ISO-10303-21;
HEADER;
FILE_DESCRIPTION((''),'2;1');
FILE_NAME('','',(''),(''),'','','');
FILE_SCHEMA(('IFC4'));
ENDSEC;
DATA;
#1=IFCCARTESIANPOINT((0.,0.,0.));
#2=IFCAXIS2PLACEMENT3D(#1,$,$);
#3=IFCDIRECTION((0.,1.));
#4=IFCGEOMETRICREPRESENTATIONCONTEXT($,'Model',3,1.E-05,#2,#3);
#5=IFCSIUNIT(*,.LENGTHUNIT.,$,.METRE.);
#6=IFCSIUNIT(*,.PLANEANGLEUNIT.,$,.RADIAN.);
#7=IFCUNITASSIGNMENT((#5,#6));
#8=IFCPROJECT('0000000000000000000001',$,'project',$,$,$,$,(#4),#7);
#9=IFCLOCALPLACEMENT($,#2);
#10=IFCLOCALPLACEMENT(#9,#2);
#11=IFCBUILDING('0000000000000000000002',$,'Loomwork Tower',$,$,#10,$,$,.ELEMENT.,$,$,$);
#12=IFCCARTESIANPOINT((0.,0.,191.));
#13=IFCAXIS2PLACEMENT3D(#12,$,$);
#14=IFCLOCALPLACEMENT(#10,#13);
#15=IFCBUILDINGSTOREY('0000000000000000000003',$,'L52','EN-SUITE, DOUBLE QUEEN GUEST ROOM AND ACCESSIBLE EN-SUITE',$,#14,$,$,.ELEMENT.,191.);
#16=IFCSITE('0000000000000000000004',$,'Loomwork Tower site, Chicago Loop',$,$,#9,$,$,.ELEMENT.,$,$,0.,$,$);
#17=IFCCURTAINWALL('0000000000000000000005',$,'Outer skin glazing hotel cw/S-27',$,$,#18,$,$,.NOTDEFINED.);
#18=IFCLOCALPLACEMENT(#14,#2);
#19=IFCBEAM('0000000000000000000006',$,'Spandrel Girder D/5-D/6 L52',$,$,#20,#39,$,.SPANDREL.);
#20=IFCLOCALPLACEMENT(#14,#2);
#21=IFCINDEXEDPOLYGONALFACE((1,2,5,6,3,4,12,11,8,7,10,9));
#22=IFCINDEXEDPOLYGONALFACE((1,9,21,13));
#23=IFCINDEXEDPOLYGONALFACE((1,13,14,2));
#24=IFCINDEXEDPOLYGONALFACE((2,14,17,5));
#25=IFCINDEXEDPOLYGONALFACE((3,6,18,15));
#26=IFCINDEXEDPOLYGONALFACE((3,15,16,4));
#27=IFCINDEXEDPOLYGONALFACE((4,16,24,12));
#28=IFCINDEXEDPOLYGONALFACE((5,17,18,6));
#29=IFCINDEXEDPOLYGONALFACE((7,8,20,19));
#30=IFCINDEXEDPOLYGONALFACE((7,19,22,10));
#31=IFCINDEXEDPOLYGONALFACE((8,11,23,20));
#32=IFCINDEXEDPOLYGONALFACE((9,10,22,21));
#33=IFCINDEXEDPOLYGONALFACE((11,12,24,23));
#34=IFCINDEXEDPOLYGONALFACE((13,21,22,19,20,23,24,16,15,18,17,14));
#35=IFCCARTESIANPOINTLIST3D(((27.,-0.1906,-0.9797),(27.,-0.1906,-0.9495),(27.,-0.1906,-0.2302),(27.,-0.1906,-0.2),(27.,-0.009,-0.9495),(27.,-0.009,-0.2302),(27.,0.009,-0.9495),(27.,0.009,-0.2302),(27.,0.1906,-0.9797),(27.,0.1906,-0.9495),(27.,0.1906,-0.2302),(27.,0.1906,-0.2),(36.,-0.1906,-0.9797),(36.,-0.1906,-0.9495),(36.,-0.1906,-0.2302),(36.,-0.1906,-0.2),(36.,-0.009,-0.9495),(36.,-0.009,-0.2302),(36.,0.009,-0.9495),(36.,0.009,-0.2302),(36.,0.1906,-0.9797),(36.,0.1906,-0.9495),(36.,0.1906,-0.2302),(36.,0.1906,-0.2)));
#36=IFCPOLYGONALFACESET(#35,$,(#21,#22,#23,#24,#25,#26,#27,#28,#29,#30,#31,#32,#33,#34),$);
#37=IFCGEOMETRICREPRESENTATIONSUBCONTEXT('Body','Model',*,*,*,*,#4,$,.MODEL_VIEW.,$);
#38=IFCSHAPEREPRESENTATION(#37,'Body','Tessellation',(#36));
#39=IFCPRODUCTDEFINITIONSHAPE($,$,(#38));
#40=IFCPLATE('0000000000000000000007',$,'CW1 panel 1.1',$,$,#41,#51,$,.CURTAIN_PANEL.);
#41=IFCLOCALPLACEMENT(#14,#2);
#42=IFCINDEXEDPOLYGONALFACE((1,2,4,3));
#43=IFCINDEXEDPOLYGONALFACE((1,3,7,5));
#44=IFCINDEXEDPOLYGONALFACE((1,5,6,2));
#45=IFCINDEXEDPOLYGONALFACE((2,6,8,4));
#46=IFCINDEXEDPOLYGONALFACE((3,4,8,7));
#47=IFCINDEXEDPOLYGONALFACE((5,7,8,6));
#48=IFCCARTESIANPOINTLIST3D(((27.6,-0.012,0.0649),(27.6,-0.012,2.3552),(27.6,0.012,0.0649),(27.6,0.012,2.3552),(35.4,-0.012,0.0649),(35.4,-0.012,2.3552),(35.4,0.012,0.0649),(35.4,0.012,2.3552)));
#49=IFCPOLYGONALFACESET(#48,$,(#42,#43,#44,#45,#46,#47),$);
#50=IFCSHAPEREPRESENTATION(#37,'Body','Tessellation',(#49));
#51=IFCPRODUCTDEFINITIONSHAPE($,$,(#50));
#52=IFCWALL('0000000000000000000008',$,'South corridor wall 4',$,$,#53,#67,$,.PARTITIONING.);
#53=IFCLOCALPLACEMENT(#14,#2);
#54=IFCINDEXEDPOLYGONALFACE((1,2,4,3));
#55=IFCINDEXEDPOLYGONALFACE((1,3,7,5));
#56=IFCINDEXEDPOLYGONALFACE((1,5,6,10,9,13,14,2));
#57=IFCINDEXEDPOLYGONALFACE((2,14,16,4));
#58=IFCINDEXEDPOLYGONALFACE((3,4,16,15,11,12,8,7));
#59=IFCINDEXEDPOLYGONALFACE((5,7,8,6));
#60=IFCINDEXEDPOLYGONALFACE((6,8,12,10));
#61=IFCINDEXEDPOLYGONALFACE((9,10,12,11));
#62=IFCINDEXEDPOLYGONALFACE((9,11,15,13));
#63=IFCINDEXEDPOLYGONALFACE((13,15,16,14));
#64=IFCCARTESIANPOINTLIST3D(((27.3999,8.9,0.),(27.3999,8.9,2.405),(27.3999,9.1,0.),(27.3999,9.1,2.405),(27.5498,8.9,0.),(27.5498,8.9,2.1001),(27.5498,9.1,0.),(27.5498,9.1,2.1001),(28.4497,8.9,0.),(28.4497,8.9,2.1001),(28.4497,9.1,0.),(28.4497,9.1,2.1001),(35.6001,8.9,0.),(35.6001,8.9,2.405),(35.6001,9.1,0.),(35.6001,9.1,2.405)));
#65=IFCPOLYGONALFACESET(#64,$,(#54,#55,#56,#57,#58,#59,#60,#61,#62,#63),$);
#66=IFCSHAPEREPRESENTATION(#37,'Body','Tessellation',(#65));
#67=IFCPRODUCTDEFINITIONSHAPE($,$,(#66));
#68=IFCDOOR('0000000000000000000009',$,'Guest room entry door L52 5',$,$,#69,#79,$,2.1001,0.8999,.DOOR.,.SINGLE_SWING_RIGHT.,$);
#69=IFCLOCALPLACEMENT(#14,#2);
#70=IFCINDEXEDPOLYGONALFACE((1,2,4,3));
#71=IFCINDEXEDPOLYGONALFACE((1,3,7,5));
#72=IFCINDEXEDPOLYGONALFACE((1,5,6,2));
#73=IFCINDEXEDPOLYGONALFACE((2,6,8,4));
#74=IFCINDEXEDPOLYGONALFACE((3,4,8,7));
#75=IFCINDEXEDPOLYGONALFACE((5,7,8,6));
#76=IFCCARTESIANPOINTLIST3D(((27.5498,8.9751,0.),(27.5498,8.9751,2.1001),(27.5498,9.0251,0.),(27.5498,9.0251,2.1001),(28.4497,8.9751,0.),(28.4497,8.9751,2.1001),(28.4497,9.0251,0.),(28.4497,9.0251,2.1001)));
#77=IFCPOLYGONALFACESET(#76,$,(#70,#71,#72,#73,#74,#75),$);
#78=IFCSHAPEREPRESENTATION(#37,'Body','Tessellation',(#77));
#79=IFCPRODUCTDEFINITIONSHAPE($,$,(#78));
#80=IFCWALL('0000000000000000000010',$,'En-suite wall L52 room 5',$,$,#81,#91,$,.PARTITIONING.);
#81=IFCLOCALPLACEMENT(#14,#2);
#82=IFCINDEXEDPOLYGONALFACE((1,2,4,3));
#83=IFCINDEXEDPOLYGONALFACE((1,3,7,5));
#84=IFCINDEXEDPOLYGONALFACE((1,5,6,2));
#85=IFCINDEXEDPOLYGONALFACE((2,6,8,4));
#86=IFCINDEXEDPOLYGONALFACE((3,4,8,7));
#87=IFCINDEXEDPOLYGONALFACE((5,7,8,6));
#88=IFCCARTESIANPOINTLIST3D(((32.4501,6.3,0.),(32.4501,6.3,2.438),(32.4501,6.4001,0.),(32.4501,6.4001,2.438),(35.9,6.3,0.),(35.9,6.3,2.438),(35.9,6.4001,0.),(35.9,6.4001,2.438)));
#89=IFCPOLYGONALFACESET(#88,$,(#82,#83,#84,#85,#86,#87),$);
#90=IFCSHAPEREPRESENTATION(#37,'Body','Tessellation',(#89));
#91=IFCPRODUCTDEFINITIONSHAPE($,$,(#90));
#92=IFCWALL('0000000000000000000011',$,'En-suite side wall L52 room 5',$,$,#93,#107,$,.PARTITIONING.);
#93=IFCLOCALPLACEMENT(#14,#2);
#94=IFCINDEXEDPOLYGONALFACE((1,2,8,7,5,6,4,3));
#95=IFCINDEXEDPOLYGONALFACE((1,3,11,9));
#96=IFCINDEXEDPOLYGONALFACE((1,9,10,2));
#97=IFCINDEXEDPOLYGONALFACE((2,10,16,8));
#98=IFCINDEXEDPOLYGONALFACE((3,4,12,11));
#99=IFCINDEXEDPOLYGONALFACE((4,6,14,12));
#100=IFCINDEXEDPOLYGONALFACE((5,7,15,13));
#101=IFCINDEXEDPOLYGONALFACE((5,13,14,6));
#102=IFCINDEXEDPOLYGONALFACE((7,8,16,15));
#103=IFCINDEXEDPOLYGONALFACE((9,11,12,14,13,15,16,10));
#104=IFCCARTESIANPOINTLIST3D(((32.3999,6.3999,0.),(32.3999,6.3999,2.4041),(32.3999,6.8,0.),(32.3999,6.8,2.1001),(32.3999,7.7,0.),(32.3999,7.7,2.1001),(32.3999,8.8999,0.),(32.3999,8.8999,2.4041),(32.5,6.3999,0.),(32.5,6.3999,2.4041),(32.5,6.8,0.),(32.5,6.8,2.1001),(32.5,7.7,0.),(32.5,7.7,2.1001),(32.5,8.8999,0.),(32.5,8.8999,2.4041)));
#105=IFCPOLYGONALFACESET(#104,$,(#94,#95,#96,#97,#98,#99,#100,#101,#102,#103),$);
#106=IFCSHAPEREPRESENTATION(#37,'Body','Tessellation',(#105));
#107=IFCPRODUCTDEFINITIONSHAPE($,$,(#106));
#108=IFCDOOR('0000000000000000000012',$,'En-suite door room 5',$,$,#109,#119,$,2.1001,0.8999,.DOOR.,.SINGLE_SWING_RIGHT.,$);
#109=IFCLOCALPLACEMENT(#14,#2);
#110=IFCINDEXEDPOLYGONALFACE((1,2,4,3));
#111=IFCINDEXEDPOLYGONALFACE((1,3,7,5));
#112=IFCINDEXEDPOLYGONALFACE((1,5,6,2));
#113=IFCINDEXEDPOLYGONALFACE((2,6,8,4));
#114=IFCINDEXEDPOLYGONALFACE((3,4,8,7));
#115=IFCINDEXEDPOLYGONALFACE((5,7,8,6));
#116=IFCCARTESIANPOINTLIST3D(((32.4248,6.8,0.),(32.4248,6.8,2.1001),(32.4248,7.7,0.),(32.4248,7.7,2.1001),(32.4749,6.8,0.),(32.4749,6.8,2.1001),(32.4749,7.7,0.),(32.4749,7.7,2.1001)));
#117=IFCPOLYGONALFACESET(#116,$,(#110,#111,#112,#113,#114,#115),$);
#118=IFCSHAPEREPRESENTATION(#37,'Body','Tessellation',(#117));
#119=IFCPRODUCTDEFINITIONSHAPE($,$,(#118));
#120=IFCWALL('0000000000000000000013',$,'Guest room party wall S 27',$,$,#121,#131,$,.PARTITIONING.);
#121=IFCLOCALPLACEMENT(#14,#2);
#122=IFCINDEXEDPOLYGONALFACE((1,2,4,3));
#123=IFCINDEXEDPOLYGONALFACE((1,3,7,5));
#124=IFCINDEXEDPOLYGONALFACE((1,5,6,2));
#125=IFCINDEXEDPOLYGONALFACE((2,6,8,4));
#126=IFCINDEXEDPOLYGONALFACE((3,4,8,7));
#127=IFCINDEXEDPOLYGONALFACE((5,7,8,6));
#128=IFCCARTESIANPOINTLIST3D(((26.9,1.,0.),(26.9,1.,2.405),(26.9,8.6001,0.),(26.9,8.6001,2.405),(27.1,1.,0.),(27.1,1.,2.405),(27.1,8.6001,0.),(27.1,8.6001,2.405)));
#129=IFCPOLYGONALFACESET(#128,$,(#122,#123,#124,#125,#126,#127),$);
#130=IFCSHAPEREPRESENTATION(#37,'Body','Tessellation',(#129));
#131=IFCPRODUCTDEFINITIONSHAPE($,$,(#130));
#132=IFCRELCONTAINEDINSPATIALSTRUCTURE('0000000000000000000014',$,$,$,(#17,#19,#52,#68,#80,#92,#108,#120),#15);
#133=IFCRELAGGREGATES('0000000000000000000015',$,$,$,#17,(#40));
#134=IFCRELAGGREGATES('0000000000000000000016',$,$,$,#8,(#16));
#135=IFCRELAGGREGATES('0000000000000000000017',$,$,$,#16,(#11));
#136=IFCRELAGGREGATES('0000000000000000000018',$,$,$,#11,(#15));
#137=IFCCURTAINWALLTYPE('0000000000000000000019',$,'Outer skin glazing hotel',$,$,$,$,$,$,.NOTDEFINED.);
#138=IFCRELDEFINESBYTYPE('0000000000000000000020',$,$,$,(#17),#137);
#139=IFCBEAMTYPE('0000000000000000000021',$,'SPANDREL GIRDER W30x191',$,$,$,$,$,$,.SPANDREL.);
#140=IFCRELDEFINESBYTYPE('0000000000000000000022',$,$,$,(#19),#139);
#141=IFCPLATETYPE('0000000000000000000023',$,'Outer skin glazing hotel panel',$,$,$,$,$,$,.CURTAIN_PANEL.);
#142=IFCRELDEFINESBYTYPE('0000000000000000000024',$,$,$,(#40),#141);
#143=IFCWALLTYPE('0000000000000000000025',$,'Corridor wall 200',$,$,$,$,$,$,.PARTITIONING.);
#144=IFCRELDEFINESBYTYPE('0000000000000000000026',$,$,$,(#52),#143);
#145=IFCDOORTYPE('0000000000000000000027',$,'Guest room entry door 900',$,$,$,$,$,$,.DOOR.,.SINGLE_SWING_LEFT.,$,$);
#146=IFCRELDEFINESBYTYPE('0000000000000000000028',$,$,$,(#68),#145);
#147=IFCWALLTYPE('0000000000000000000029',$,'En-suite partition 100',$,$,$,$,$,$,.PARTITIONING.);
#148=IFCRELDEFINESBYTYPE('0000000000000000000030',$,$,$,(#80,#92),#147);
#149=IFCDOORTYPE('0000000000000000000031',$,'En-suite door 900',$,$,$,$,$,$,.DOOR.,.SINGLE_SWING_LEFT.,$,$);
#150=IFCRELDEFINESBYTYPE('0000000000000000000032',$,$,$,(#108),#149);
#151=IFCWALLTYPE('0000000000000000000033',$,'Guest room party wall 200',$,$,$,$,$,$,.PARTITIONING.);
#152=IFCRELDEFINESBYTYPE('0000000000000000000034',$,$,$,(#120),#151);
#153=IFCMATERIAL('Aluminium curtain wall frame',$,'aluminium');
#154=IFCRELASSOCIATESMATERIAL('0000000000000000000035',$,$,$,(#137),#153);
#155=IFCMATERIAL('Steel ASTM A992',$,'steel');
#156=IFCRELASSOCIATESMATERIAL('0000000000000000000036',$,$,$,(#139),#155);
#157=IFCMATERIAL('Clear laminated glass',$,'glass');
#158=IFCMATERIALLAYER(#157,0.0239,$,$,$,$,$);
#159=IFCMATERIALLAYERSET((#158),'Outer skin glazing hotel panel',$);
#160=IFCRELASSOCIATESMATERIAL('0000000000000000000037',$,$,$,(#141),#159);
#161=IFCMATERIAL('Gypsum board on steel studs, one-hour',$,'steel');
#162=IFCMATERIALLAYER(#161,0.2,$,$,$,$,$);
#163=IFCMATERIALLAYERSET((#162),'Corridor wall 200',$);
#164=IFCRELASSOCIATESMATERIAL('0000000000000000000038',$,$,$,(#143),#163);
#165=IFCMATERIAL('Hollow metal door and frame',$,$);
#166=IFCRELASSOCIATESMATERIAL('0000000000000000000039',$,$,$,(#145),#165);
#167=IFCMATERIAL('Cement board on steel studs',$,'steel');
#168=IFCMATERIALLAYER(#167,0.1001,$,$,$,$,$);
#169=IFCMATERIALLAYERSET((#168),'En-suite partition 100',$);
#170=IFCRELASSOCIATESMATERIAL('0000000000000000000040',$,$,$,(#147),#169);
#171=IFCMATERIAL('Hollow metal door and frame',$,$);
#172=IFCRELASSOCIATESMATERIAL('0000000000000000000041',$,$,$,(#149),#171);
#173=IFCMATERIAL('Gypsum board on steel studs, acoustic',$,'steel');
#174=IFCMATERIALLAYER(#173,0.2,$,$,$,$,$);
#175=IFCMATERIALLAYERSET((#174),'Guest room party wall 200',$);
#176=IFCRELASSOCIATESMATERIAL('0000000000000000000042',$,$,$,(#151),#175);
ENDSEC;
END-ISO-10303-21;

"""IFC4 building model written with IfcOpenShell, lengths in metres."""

from ifc_helpers import new_model, si_unit, direction, frame, frame_2d, origin, origin_2d, place, context, subcontext, project, spatial, rectangle, i_section, extrude, material, layer, layer_set, material_profile, profile_set, type_object, element, fill, aggregate, save


model = new_model("IFC4")

# Units and contexts
model_context = context("Model", 3, precision=1e-05, world=origin(), true_north=direction((0.0, 1.0)))
body_context = subcontext(model_context, "Body", "Model", "MODEL_VIEW")
ifc_project = project(units=[si_unit("LENGTHUNIT", "METRE"), si_unit("PLANEANGLEUNIT", "RADIAN")], contexts=[model_context])

# Site, building, storey
site_placement = place(None, origin())
site = spatial("IfcSite", under=ifc_project, at=site_placement, Name="Loomwork Tower site, Chicago Loop", CompositionType="ELEMENT", RefElevation=0.0)
building_placement = place(site_placement, origin())
building = spatial("IfcBuilding", under=site, at=building_placement, Name="Loomwork Tower", CompositionType="ELEMENT")
storey_placement = place(building_placement, frame((0.0, 0.0, 191.0)))
storey = spatial("IfcBuildingStorey", under=building, at=storey_placement, Name="L52", Description="EN-SUITE, DOUBLE QUEEN GUEST ROOM AND ACCESSIBLE EN-SUITE", CompositionType="ELEMENT", Elevation=191.0)

# Curtain wall
ifc_material_1 = material(Name="Aluminium curtain wall frame", Category="aluminium")
curtain_wall_type = type_object("IfcCurtainWallType", Name="Outer skin glazing hotel", PredefinedType="NOTDEFINED", material=ifc_material_1)
curtain_wall_placement = place(storey_placement, origin())
curtain_wall = element("IfcCurtainWall", 1, at=curtain_wall_placement, inside=storey, type_object=curtain_wall_type, Name="Outer skin glazing hotel cw/S-27", PredefinedType="NOTDEFINED")

# Beam
ifc_material_2 = material(Name="Steel ASTM A992", Category="steel")
ifc_material_profile_1 = material_profile(ifc_material_2, i_section(OverallWidth=0.3811, OverallDepth=0.7798, WebThickness=0.0181, FlangeThickness=0.0303, at=origin_2d()), Name="W30x191")
ifc_profile_set_1 = profile_set([ifc_material_profile_1], Name="Steel ASTM A992")
beam_type_1 = type_object("IfcBeamType", Name="SPANDREL GIRDER W30x191", PredefinedType="SPANDREL", material=ifc_profile_set_1)
beam_1_placement = place(storey_placement, frame((27.0, 0.0, -0.5898), z_axis=(1.0, 0.0, 0.0), x_axis=(0.0, 1.0, 0.0)))
element("IfcBeam", 2, at=beam_1_placement, inside=storey, type_object=beam_type_1, Name="Spandrel Girder D/5-D/6 L52", PredefinedType="SPANDREL", context=body_context, shape_type="SweptSolid", body=[
    extrude(i_section(OverallWidth=0.3811, OverallDepth=0.7798, WebThickness=0.0181, FlangeThickness=0.0303, at=origin_2d()), origin(), (0.0, 0.0, 1.0), 9.0),
])

# Plate
ifc_material_3 = material(Name="Clear laminated glass", Category="glass")
ifc_layer_1 = layer(ifc_material_3, 0.0239)
ifc_layer_set_1 = layer_set([ifc_layer_1], Name="Outer skin glazing hotel panel")
plate_type = type_object("IfcPlateType", Name="Outer skin glazing hotel panel", PredefinedType="CURTAIN_PANEL", material=ifc_layer_set_1)
plate_placement = place(storey_placement, frame((31.5, 0.0, 0.0649), z_axis=(0.0, 0.0, 1.0), x_axis=(1.0, 0.0, 0.0)))
plate = element("IfcPlate", 3, at=plate_placement, type_object=plate_type, Name="CW1 panel 1.1", PredefinedType="CURTAIN_PANEL", context=body_context, shape_type="SweptSolid", body=[
    extrude(rectangle(XDim=7.8, YDim=0.0239, at=origin_2d()), origin(), (0.0, 0.0, 1.0), 2.2903),
])
aggregate(curtain_wall, [plate])

# Wall, opening, door
ifc_material_4 = material(Name="Gypsum board on steel studs, one-hour", Category="steel")
ifc_layer_2 = layer(ifc_material_4, 0.2)
ifc_layer_set_2 = layer_set([ifc_layer_2], Name="Corridor wall 200")
wall_type_1 = type_object("IfcWallType", Name="Corridor wall 200", PredefinedType="PARTITIONING", material=ifc_layer_set_2)
wall_1_placement = place(storey_placement, frame((27.3999, 9.0, 0.0), z_axis=(0.0, 0.0, 1.0), x_axis=(1.0, 0.0, 0.0)))
wall_1 = element("IfcWall", 4, at=wall_1_placement, inside=storey, type_object=wall_type_1, Name="South corridor wall 4", PredefinedType="PARTITIONING", context=body_context, shape_type="SweptSolid", body=[
    extrude(rectangle(XDim=8.2002, YDim=0.2, at=frame_2d((4.1001, 0.0))), origin(), (0.0, 0.0, 1.0), 2.405),
])
opening_1_placement = place(wall_1_placement, frame((0.1499, 0.0, 0.0)))
opening_1 = element("IfcOpeningElement", 5, at=opening_1_placement, cuts=wall_1, PredefinedType="OPENING", context=body_context, shape_type="SweptSolid", body=[
    extrude(rectangle(XDim=0.8999, YDim=2.1001, at=frame_2d((0.45, 1.05))), frame((0.0, 0.1099, 0.0), z_axis=(0.0, -1.0, 0.0), x_axis=(1.0, 0.0, 0.0)), (0.0, 0.0, 1.0), 0.22),
])
ifc_material_5 = material(Name="Hollow metal door and frame")
door_type_1 = type_object("IfcDoorType", Name="Guest room entry door 900", OperationType="SINGLE_SWING_LEFT", PredefinedType="DOOR", material=ifc_material_5)
door_1_placement = place(opening_1_placement, frame((0.8999, 0.0, 0.0), z_axis=(0.0, 0.0, 1.0), x_axis=(-1.0, 0.0, 0.0)))
door_1 = element("IfcDoor", 6, at=door_1_placement, inside=storey, type_object=door_type_1, Name="Guest room entry door L52 5", OperationType="SINGLE_SWING_RIGHT", OverallHeight=2.1001, OverallWidth=0.8999, PredefinedType="DOOR", context=body_context, shape_type="SweptSolid", body=[
    extrude(rectangle(XDim=0.8999, YDim=2.1001, at=frame_2d((0.45, 1.05))), frame((0.0, 0.0249, 0.0), z_axis=(0.0, -1.0, 0.0), x_axis=(1.0, 0.0, 0.0)), (0.0, 0.0, 1.0), 0.05),
])
fill(opening_1, door_1)

# Wall
ifc_material_6 = material(Name="Cement board on steel studs", Category="steel")
ifc_layer_3 = layer(ifc_material_6, 0.1001)
ifc_layer_set_3 = layer_set([ifc_layer_3], Name="En-suite partition 100")
wall_type_2 = type_object("IfcWallType", Name="En-suite partition 100", PredefinedType="PARTITIONING", material=ifc_layer_set_3)
wall_2_placement = place(storey_placement, frame((32.45, 6.3501, 0.0), z_axis=(0.0, 0.0, 1.0), x_axis=(1.0, 0.0, 0.0)))
element("IfcWall", 7, at=wall_2_placement, inside=storey, type_object=wall_type_2, Name="En-suite wall L52 room 5", PredefinedType="PARTITIONING", context=body_context, shape_type="SweptSolid", body=[
    extrude(rectangle(XDim=3.45, YDim=0.1001, at=frame_2d((1.7251, 0.0))), origin(), (0.0, 0.0, 1.0), 2.438),
])

# Wall, opening, door
wall_3_placement = place(storey_placement, frame((32.45, 8.8999, 0.0), z_axis=(0.0, 0.0, 1.0), x_axis=(0.0, -1.0, 0.0)))
wall_3 = element("IfcWall", 8, at=wall_3_placement, inside=storey, type_object=wall_type_2, Name="En-suite side wall L52 room 5", PredefinedType="PARTITIONING", context=body_context, shape_type="SweptSolid", body=[
    extrude(rectangle(XDim=2.5, YDim=0.1001, at=frame_2d((1.25, 0.0))), origin(), (0.0, 0.0, 1.0), 2.4041),
])
opening_2_placement = place(wall_3_placement, frame((1.2, 0.0, 0.0)))
opening_2 = element("IfcOpeningElement", 9, at=opening_2_placement, cuts=wall_3, PredefinedType="OPENING", context=body_context, shape_type="SweptSolid", body=[
    extrude(rectangle(XDim=0.8999, YDim=2.1001, at=frame_2d((0.45, 1.05))), frame((0.0, 0.0601, 0.0), z_axis=(0.0, -1.0, 0.0), x_axis=(1.0, 0.0, 0.0)), (0.0, 0.0, 1.0), 0.1201),
])
ifc_material_7 = material(Name="Hollow metal door and frame")
door_type_2 = type_object("IfcDoorType", Name="En-suite door 900", OperationType="SINGLE_SWING_LEFT", PredefinedType="DOOR", material=ifc_material_7)
door_2_placement = place(opening_2_placement, origin())
door_2 = element("IfcDoor", 10, at=door_2_placement, inside=storey, type_object=door_type_2, Name="En-suite door room 5", OperationType="SINGLE_SWING_RIGHT", OverallHeight=2.1001, OverallWidth=0.8999, PredefinedType="DOOR", context=body_context, shape_type="SweptSolid", body=[
    extrude(rectangle(XDim=0.8999, YDim=2.1001, at=frame_2d((0.45, 1.05))), frame((0.0, 0.0249, 0.0), z_axis=(0.0, -1.0, 0.0), x_axis=(1.0, 0.0, 0.0)), (0.0, 0.0, 1.0), 0.05),
])
fill(opening_2, door_2)

# Wall
ifc_material_8 = material(Name="Gypsum board on steel studs, acoustic", Category="steel")
ifc_layer_4 = layer(ifc_material_8, 0.2)
ifc_layer_set_4 = layer_set([ifc_layer_4], Name="Guest room party wall 200")
wall_type_3 = type_object("IfcWallType", Name="Guest room party wall 200", PredefinedType="PARTITIONING", material=ifc_layer_set_4)
wall_4_placement = place(storey_placement, frame((27.0, 8.6001, 0.0), z_axis=(0.0, 0.0, 1.0), x_axis=(0.0, -1.0, 0.0)))
element("IfcWall", 11, at=wall_4_placement, inside=storey, type_object=wall_type_3, Name="Guest room party wall S 27", PredefinedType="PARTITIONING", context=body_context, shape_type="SweptSolid", body=[
    extrude(rectangle(XDim=7.6001, YDim=0.2, at=frame_2d((3.8, 0.0))), origin(), (0.0, 0.0, 1.0), 2.405),
])

save(model, "model.ifc")
